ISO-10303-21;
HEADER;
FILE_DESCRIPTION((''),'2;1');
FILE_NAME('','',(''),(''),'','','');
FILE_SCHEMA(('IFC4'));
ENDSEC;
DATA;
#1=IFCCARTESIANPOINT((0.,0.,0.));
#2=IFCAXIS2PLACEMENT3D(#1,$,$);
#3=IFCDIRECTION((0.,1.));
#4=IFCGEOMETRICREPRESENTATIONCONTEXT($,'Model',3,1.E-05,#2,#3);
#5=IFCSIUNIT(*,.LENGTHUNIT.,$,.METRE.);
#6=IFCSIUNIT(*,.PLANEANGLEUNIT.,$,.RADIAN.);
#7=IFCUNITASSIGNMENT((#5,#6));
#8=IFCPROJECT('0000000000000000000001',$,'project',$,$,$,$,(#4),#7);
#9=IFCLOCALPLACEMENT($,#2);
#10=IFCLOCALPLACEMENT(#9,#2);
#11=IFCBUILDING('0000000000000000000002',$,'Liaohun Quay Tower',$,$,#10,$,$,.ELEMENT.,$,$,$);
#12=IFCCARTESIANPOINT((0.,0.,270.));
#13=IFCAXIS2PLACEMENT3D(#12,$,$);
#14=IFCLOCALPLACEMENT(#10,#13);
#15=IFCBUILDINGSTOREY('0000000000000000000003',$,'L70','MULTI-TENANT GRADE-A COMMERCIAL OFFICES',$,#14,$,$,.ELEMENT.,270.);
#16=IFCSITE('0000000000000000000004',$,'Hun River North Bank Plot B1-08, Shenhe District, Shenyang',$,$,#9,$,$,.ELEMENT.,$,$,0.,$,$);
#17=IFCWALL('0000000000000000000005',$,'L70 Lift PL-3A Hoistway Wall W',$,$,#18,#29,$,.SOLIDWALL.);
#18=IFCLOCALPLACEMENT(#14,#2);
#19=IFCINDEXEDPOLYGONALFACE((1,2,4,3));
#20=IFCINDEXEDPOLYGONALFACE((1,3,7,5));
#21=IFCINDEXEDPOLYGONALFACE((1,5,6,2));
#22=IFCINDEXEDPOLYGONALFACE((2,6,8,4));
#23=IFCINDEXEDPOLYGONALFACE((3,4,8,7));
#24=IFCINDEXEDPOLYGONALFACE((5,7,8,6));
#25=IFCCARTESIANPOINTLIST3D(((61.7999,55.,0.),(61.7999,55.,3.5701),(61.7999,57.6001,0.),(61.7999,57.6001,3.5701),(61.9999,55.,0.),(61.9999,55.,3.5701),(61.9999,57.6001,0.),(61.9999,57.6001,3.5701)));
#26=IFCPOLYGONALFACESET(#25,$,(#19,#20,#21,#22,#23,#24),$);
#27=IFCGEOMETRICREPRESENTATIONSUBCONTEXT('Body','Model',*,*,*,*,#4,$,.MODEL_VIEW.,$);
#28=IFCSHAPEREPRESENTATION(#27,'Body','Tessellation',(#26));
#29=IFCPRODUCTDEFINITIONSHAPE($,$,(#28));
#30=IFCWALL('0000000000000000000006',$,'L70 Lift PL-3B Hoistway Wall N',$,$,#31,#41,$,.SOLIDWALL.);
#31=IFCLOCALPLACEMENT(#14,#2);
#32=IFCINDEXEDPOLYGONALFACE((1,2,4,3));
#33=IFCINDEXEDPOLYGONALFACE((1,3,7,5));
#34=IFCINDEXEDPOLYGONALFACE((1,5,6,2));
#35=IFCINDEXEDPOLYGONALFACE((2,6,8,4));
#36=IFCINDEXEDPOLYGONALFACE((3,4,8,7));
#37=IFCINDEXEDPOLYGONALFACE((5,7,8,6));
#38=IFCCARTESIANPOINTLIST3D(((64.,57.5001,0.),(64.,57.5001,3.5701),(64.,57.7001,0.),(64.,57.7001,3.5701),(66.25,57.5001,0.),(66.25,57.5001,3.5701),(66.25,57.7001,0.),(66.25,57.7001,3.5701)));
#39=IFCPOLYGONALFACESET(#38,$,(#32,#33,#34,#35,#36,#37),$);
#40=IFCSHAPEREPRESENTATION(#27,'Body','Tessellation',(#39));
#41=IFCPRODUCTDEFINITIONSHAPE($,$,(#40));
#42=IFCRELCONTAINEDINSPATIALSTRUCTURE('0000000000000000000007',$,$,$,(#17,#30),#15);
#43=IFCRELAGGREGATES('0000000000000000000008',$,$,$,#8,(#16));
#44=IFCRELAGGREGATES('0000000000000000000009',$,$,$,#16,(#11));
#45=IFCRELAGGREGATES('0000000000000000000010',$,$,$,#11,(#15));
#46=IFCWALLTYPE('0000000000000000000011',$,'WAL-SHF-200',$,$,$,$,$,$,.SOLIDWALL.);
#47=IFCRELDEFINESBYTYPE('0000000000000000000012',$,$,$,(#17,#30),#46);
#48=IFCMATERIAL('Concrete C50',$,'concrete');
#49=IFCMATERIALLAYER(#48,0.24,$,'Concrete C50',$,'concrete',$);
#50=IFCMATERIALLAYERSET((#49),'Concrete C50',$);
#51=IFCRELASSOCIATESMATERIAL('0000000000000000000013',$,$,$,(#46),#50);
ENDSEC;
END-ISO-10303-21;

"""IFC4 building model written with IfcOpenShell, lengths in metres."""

from ifc_helpers import new_model, si_unit, direction, frame, frame_2d, origin, place, context, subcontext, project, spatial, rectangle, extrude, material, layer, layer_set, type_object, element, save


model = new_model("IFC4")

# Units and contexts
model_context = context("Model", 3, precision=1e-05, world=origin(), true_north=direction((0.0, 1.0)))
body_context = subcontext(model_context, "Body", "Model", "MODEL_VIEW")
ifc_project = project(units=[si_unit("LENGTHUNIT", "METRE"), si_unit("PLANEANGLEUNIT", "RADIAN")], contexts=[model_context])

# Site, building, storey
site_placement = place(None, origin())
site = spatial("IfcSite", under=ifc_project, at=site_placement, Name="Hun River North Bank Plot B1-08, Shenhe District, Shenyang", CompositionType="ELEMENT", RefElevation=0.0)
building_placement = place(site_placement, origin())
building = spatial("IfcBuilding", under=site, at=building_placement, Name="Liaohun Quay Tower", CompositionType="ELEMENT")
storey_placement = place(building_placement, frame((0.0, 0.0, 270.0)))
storey = spatial("IfcBuildingStorey", under=building, at=storey_placement, Name="L70", Description="MULTI-TENANT GRADE-A COMMERCIAL OFFICES", CompositionType="ELEMENT", Elevation=270.0)

# Shared definitions
ifc_material_1 = material(Name="Concrete C50", Category="concrete")
ifc_layer_1 = layer(ifc_material_1, 0.24, Name="Concrete C50", Category="concrete")
ifc_layer_set_1 = layer_set([ifc_layer_1], Name="Concrete C50")
wall_type_1 = type_object("IfcWallType", Name="WAL-SHF-200", PredefinedType="SOLIDWALL", material=ifc_layer_set_1)

# Walls
wall_1_placement = place(storey_placement, frame((61.8999, 57.6001, 0.0), z_axis=(0.0, 0.0, 1.0), x_axis=(0.0, -1.0, 0.0)))
element("IfcWall", 1, at=wall_1_placement, inside=storey, type_object=wall_type_1, Name="L70 Lift PL-3A Hoistway Wall W", PredefinedType="SOLIDWALL", context=body_context, shape_type="SweptSolid", body=[
    extrude(rectangle(XDim=2.6001, YDim=0.2, at=frame_2d((1.3, 0.0))), origin(), (0.0, 0.0, 1.0), 3.5701),
])
wall_2_placement = place(storey_placement, frame((66.25, 57.6001, 0.0), z_axis=(0.0, 0.0, 1.0), x_axis=(-1.0, 0.0, 0.0)))
element("IfcWall", 2, at=wall_2_placement, inside=storey, type_object=wall_type_1, Name="L70 Lift PL-3B Hoistway Wall N", PredefinedType="SOLIDWALL", context=body_context, shape_type="SweptSolid", body=[
    extrude(rectangle(XDim=2.25, YDim=0.2, at=frame_2d((1.125, 0.0))), origin(), (0.0, 0.0, 1.0), 3.5701),
])

save(model, "model.ifc")
